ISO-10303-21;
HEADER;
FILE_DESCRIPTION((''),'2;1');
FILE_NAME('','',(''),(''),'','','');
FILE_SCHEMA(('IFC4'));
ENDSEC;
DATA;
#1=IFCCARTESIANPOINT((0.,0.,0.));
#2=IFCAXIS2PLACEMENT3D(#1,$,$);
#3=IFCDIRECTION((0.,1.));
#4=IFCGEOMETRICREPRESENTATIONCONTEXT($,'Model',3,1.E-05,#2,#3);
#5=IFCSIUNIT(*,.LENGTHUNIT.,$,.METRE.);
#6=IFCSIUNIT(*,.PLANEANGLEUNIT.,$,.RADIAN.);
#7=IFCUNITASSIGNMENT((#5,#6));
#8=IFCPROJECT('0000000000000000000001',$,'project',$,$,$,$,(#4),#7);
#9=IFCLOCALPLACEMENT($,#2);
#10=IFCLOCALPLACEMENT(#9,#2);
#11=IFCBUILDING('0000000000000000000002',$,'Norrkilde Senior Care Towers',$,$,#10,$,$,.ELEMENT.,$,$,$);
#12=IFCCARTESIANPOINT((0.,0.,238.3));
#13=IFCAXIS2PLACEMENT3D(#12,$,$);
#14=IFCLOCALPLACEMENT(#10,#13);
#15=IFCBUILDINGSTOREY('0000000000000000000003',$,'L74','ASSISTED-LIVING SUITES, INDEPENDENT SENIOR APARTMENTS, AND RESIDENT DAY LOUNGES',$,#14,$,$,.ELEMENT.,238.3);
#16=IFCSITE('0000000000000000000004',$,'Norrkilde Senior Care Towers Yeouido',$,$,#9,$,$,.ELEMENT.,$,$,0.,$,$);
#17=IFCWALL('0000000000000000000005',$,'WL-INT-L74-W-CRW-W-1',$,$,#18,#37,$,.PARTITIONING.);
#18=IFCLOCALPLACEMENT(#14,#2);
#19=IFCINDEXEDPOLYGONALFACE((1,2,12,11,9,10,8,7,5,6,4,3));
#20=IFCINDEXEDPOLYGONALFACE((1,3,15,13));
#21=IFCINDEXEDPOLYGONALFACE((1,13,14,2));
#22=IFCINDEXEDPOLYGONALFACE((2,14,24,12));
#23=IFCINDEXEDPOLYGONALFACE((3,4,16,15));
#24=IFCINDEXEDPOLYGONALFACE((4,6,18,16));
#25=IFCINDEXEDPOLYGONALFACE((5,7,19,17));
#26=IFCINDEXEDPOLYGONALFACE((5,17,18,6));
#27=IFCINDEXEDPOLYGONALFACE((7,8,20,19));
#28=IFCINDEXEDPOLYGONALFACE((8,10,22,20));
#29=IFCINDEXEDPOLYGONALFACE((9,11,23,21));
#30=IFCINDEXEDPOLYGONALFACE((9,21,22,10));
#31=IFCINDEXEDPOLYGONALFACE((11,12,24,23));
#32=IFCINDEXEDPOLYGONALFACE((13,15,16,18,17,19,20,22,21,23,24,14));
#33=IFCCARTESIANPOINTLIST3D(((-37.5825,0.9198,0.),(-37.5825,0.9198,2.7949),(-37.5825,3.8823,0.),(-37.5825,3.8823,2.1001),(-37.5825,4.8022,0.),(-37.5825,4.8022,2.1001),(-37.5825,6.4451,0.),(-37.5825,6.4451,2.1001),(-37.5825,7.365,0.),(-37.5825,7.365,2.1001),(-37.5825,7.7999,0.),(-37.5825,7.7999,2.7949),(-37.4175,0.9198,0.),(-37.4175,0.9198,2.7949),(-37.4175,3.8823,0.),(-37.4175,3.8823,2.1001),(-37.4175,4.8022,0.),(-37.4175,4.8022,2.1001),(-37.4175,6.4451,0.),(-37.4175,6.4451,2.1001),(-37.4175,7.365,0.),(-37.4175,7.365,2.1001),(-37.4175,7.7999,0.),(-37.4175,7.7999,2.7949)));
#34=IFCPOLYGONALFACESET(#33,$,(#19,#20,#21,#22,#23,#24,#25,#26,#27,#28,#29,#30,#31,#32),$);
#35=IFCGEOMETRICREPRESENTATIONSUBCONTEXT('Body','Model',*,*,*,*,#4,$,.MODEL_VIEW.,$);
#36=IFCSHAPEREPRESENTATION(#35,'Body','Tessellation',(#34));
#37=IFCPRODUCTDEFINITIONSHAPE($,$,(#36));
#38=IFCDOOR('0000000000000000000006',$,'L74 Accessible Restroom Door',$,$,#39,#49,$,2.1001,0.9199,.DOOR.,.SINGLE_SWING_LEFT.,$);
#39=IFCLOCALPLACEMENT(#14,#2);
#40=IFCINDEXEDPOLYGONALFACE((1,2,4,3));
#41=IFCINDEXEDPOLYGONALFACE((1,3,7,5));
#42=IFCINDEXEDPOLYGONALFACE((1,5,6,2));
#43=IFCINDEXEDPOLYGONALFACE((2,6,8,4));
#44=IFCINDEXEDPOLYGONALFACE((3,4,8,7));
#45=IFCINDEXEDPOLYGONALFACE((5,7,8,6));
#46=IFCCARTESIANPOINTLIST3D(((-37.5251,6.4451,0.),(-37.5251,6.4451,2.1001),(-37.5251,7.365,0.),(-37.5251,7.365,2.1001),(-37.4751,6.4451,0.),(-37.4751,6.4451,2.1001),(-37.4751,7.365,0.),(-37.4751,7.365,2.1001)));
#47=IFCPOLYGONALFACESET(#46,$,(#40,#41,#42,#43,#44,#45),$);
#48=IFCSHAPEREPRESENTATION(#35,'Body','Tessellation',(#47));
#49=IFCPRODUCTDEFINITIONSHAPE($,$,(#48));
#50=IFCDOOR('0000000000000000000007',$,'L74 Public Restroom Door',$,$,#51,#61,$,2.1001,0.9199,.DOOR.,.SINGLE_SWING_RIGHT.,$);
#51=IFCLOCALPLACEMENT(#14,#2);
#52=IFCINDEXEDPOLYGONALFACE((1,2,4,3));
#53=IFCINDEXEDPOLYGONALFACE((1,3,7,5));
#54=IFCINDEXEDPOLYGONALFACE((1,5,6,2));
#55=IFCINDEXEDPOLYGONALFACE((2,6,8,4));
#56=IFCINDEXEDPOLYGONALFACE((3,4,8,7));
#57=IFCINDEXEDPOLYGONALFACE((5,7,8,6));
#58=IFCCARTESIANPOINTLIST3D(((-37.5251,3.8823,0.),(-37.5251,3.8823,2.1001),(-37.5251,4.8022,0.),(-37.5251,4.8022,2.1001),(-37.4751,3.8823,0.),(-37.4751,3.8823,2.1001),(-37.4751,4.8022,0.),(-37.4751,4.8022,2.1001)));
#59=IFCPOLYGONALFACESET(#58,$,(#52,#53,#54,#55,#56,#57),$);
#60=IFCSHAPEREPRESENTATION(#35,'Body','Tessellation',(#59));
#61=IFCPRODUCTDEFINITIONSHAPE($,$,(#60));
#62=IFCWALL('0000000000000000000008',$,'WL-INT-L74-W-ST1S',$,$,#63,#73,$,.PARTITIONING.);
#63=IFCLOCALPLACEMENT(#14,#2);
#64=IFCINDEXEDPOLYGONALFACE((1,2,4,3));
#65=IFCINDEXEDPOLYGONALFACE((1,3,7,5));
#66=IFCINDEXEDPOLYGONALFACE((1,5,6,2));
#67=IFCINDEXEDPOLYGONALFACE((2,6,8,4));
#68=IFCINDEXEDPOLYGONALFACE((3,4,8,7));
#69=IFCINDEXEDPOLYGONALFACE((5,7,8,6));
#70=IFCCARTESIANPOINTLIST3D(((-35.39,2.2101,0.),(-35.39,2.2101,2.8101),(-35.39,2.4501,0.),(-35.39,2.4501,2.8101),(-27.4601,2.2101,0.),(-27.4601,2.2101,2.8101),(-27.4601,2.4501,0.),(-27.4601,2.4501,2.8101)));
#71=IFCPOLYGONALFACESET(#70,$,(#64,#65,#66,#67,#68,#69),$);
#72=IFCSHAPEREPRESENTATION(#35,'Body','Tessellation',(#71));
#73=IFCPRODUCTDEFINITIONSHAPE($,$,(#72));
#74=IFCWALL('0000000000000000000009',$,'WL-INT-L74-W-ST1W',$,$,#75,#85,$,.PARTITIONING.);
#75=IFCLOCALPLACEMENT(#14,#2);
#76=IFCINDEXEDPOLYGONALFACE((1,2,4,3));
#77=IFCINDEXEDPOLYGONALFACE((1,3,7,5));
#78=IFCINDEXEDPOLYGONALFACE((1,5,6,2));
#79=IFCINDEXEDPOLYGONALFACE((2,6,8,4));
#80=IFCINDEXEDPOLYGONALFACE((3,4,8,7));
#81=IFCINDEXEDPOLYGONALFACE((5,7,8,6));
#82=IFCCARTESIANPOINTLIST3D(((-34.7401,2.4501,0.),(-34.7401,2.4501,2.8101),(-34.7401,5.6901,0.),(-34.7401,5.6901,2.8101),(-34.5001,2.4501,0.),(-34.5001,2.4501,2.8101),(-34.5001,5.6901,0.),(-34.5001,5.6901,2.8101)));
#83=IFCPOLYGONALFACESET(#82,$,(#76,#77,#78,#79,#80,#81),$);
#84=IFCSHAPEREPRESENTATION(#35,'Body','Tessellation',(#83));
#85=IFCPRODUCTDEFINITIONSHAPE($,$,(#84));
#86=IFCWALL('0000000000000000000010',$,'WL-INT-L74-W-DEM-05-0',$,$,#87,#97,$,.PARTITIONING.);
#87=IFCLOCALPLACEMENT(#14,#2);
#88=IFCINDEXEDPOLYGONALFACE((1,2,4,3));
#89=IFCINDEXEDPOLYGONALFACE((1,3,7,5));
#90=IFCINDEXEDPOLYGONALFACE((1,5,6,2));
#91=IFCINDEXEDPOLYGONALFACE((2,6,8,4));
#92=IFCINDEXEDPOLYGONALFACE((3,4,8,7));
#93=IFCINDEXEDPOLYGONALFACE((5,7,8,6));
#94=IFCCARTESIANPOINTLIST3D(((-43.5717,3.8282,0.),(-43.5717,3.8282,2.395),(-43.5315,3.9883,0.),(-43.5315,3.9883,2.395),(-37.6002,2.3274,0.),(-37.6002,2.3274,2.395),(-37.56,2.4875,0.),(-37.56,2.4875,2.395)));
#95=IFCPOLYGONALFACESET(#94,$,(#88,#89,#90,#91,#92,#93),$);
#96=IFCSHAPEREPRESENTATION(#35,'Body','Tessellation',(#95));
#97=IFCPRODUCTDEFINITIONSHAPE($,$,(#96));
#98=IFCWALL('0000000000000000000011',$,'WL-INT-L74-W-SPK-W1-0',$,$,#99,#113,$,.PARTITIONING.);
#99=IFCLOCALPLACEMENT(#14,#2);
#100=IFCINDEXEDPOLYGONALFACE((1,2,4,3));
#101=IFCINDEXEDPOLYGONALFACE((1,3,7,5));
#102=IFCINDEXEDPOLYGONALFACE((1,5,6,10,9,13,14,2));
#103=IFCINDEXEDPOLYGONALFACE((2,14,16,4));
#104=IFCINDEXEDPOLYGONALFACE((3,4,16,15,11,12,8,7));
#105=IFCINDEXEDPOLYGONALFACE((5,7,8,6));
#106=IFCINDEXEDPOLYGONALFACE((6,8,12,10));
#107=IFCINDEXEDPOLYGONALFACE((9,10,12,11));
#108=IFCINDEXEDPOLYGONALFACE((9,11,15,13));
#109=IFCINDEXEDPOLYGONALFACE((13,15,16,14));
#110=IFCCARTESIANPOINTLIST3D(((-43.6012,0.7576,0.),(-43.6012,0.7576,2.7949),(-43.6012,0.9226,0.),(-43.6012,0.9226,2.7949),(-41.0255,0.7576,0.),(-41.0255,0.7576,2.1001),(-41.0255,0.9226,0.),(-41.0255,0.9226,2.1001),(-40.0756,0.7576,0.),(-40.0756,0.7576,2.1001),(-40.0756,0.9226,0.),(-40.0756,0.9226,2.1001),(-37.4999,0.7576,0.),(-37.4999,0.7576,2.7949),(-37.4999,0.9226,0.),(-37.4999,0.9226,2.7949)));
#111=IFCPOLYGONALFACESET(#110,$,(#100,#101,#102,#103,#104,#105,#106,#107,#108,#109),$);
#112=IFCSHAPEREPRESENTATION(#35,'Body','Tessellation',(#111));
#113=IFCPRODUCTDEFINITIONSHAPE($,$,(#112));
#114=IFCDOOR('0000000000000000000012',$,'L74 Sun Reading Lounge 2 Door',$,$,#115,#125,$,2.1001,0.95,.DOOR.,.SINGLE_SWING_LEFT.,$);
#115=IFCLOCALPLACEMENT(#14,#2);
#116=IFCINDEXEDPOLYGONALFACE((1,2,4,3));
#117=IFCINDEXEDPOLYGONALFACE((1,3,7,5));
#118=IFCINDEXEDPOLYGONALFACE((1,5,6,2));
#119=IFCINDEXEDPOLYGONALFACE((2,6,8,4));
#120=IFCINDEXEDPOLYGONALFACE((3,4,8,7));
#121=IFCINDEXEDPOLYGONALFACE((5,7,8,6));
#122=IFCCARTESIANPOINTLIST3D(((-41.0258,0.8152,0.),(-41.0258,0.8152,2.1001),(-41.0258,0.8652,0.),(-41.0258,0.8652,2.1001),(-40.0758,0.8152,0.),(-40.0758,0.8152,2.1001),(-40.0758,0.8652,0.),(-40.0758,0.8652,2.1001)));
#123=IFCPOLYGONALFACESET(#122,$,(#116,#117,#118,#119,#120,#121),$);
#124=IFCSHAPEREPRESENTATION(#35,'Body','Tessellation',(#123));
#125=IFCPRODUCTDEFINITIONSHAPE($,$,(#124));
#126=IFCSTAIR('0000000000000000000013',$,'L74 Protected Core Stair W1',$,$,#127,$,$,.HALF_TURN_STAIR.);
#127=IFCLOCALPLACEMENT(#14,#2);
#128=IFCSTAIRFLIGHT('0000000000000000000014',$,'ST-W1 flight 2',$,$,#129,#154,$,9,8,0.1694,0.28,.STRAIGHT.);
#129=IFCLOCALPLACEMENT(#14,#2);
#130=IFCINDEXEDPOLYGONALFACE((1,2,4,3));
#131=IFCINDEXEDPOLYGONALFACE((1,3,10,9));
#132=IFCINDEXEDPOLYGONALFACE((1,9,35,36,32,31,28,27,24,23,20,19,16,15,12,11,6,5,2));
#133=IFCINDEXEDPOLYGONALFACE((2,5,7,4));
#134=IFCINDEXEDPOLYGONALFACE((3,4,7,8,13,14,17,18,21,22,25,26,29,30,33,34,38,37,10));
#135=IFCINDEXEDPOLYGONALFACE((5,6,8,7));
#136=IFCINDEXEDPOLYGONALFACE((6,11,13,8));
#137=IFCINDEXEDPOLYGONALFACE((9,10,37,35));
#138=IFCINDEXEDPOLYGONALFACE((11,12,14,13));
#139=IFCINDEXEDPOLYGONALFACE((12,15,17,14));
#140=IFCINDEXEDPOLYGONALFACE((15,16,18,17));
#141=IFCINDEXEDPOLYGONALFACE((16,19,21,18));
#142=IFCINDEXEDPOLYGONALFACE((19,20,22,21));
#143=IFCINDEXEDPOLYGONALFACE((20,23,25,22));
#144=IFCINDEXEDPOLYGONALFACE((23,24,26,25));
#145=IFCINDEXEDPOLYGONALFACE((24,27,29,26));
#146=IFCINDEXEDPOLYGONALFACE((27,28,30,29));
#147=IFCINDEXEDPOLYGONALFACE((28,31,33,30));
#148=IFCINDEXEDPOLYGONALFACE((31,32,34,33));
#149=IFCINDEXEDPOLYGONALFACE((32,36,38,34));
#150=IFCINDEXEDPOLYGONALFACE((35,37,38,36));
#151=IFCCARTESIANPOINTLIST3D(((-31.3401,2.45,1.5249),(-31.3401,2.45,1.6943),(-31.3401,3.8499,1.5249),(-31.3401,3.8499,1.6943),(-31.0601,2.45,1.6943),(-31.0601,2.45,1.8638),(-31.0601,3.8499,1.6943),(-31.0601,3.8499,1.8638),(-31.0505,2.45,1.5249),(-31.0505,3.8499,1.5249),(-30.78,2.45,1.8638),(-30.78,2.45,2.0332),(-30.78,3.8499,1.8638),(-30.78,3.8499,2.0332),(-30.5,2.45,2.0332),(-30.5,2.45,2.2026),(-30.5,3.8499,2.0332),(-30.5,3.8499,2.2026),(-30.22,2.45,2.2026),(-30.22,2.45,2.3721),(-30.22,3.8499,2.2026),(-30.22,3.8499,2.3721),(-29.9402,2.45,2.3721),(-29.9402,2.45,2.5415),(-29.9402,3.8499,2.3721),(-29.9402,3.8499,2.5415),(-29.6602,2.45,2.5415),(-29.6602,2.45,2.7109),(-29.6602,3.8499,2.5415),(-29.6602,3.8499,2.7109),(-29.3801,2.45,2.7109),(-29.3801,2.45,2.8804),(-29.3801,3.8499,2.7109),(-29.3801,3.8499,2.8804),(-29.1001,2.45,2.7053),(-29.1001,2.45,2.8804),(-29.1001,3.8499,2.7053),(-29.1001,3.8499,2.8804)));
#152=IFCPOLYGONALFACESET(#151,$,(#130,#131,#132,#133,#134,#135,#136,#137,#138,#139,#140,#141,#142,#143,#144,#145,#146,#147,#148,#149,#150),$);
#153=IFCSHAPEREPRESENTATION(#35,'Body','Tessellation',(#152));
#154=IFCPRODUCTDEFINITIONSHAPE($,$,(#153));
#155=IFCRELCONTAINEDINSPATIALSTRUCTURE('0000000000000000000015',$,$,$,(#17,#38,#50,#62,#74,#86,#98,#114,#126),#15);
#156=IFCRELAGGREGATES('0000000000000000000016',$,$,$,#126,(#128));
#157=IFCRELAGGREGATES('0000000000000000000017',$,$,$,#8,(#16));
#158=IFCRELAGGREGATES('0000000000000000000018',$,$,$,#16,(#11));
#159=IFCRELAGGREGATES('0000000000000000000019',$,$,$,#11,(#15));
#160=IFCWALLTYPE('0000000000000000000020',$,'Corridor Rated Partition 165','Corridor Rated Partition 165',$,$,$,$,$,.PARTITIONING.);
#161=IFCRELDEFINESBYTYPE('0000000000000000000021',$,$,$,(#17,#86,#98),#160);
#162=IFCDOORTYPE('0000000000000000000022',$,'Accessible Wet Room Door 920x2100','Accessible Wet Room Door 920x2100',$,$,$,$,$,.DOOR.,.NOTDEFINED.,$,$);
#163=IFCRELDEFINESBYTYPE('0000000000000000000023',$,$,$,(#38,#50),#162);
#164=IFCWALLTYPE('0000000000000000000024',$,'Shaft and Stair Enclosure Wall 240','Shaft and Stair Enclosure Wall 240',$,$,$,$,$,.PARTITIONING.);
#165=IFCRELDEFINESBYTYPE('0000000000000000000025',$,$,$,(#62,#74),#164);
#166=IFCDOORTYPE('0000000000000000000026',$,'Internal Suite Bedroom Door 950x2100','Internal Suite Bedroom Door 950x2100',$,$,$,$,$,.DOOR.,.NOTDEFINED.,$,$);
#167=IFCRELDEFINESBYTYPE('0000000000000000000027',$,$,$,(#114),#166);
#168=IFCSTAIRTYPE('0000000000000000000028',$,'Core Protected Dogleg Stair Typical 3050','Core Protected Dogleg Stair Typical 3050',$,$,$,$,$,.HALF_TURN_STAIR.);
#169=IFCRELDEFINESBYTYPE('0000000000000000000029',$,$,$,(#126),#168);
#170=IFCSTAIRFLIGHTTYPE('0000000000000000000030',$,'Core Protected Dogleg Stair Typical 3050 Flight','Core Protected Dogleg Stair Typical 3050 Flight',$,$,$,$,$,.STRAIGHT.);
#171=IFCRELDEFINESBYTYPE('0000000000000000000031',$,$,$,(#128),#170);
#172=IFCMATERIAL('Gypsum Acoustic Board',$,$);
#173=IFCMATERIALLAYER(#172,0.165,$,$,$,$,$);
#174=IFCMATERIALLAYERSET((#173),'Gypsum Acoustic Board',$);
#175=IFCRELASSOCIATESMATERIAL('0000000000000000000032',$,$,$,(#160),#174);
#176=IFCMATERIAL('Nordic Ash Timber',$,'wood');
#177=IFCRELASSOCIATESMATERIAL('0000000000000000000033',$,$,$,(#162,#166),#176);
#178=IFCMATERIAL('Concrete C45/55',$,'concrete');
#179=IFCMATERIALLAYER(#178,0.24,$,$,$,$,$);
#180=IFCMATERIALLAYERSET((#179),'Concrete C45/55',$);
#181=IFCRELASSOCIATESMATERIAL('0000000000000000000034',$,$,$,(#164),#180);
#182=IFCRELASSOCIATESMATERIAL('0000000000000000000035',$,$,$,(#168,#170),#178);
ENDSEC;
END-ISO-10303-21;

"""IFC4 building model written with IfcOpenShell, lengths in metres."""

from ifc_helpers import new_model, si_unit, direction, frame, frame_2d, origin, place, context, subcontext, project, spatial, polyline, rectangle, outline, extrude, source, transform, mapped, material, layer, layer_set, type_object, type_shapes, element, fill, aggregate, save


model = new_model("IFC4")

# Units and contexts
model_context = context("Model", 3, precision=1e-05, world=origin(), true_north=direction((0.0, 1.0)))
body_context = subcontext(model_context, "Body", "Model", "MODEL_VIEW")
ifc_project = project(units=[si_unit("LENGTHUNIT", "METRE"), si_unit("PLANEANGLEUNIT", "RADIAN")], contexts=[model_context])

# Site, building, storey
site_placement = place(None, origin())
site = spatial("IfcSite", under=ifc_project, at=site_placement, Name="Norrkilde Senior Care Towers Yeouido", CompositionType="ELEMENT", RefElevation=0.0)
building_placement = place(site_placement, origin())
building = spatial("IfcBuilding", under=site, at=building_placement, Name="Norrkilde Senior Care Towers", CompositionType="ELEMENT")
storey_placement = place(building_placement, frame((0.0, 0.0, 238.3)))
storey = spatial("IfcBuildingStorey", under=building, at=storey_placement, Name="L74", Description="ASSISTED-LIVING SUITES, INDEPENDENT SENIOR APARTMENTS, AND RESIDENT DAY LOUNGES", CompositionType="ELEMENT", Elevation=238.3)

# Wall, openings, doors
ifc_material_1 = material(Name="Gypsum Acoustic Board")
ifc_layer_1 = layer(ifc_material_1, 0.165)
ifc_layer_set_1 = layer_set([ifc_layer_1], Name="Gypsum Acoustic Board")
wall_type_1 = type_object("IfcWallType", Name="Corridor Rated Partition 165", Description="Corridor Rated Partition 165", PredefinedType="PARTITIONING", material=ifc_layer_set_1)
shared_shape_1 = source(origin(), body_context, "Body", "SweptSolid", [
    extrude(rectangle(XDim=6.8801, YDim=0.165, at=frame_2d((3.4399, 0.0))), origin(), (0.0, 0.0, 1.0), 2.7949),
])
wall_1_placement = place(storey_placement, frame((-37.5, 0.9199, 0.0), z_axis=(0.0, 0.0, 1.0), x_axis=(0.0, 1.0, 0.0)))
wall_1 = element("IfcWall", 1, at=wall_1_placement, inside=storey, type_object=wall_type_1, Name="WL-INT-L74-W-CRW-W-1", PredefinedType="PARTITIONING", context=body_context, shape_type="MappedRepresentation", body=[
    mapped(shared_shape_1, transform((0.0, 0.0, 0.0), x_axis=(1.0, 0.0, 0.0), y_axis=(0.0, 1.0, 0.0), z_axis=(0.0, 0.0, 1.0), scale=1.0)),
])
opening_1_placement = place(wall_1_placement, frame((5.5251, 0.0, 0.0)))
opening_1 = element("IfcOpeningElement", 2, at=opening_1_placement, cuts=wall_1, PredefinedType="OPENING", context=body_context, shape_type="SweptSolid", body=[
    extrude(rectangle(XDim=0.9199, YDim=2.1001, at=frame_2d((0.46, 1.05))), frame((0.0, 0.0925, 0.0), z_axis=(0.0, -1.0, 0.0), x_axis=(1.0, 0.0, 0.0)), (0.0, 0.0, 1.0), 0.1851),
])
opening_2_placement = place(wall_1_placement, frame((2.9624, 0.0, 0.0)))
opening_2 = element("IfcOpeningElement", 3, at=opening_2_placement, cuts=wall_1, PredefinedType="OPENING", context=body_context, shape_type="SweptSolid", body=[
    extrude(rectangle(XDim=0.9199, YDim=2.1001, at=frame_2d((0.46, 1.05))), frame((0.0, 0.0925, 0.0), z_axis=(0.0, -1.0, 0.0), x_axis=(1.0, 0.0, 0.0)), (0.0, 0.0, 1.0), 0.1851),
])
ifc_material_2 = material(Name="Nordic Ash Timber", Category="wood")
door_type_1 = type_object("IfcDoorType", Name="Accessible Wet Room Door 920x2100", Description="Accessible Wet Room Door 920x2100", OperationType="NOTDEFINED", PredefinedType="DOOR", material=ifc_material_2)
shared_shape_2 = source(origin(), body_context, "Body", "SweptSolid", [
    extrude(rectangle(XDim=0.9199, YDim=2.1001, at=frame_2d((0.46, 1.05))), frame((0.0, 0.0249, 0.0), z_axis=(0.0, -1.0, 0.0), x_axis=(1.0, 0.0, 0.0)), (0.0, 0.0, 1.0), 0.05),
])
type_shapes(door_type_1, [shared_shape_2])
door_1_placement = place(opening_1_placement, frame((0.9199, 0.0, 0.0), z_axis=(0.0, 0.0, 1.0), x_axis=(-1.0, 0.0, 0.0)))
door_1 = element("IfcDoor", 4, at=door_1_placement, inside=storey, type_object=door_type_1, Name="L74 Accessible Restroom Door", OperationType="SINGLE_SWING_LEFT", OverallHeight=2.1001, OverallWidth=0.9199, PredefinedType="DOOR", context=body_context, shape_type="MappedRepresentation", body=[
    mapped(shared_shape_2, transform((0.0, 0.0, 0.0), x_axis=(1.0, 0.0, 0.0), y_axis=(0.0, 1.0, 0.0), z_axis=(0.0, 0.0, 1.0), scale=1.0)),
])
fill(opening_1, door_1)
door_2_placement = place(opening_2_placement, frame((0.9199, 0.0, 0.0), z_axis=(0.0, 0.0, 1.0), x_axis=(-1.0, 0.0, 0.0)))
door_2 = element("IfcDoor", 5, at=door_2_placement, inside=storey, type_object=door_type_1, Name="L74 Public Restroom Door", OperationType="SINGLE_SWING_RIGHT", OverallHeight=2.1001, OverallWidth=0.9199, PredefinedType="DOOR", context=body_context, shape_type="MappedRepresentation", body=[
    mapped(shared_shape_2, transform((0.0, 0.0, 0.0), x_axis=(1.0, 0.0, 0.0), y_axis=(0.0, 1.0, 0.0), z_axis=(0.0, 0.0, 1.0), scale=1.0)),
])
fill(opening_2, door_2)

# Walls
ifc_material_3 = material(Name="Concrete C45/55", Category="concrete")
ifc_layer_2 = layer(ifc_material_3, 0.24)
ifc_layer_set_2 = layer_set([ifc_layer_2], Name="Concrete C45/55")
wall_type_2 = type_object("IfcWallType", Name="Shaft and Stair Enclosure Wall 240", Description="Shaft and Stair Enclosure Wall 240", PredefinedType="PARTITIONING", material=ifc_layer_set_2)
shared_shape_3 = source(origin(), body_context, "Body", "SweptSolid", [
    extrude(rectangle(XDim=7.9299, YDim=0.24, at=frame_2d((3.9648, 0.0))), origin(), (0.0, 0.0, 1.0), 2.8101),
])
wall_2_placement = place(storey_placement, frame((-35.3899, 2.3301, 0.0), z_axis=(0.0, 0.0, 1.0), x_axis=(1.0, 0.0, 0.0)))
element("IfcWall", 6, at=wall_2_placement, inside=storey, type_object=wall_type_2, Name="WL-INT-L74-W-ST1S", PredefinedType="PARTITIONING", context=body_context, shape_type="MappedRepresentation", body=[
    mapped(shared_shape_3, transform((0.0, 0.0, 0.0), x_axis=(1.0, 0.0, 0.0), y_axis=(0.0, 1.0, 0.0), z_axis=(0.0, 0.0, 1.0), scale=1.0)),
])
shared_shape_4 = source(origin(), body_context, "Body", "SweptSolid", [
    extrude(rectangle(XDim=3.24, YDim=0.24, at=frame_2d((1.6201, 0.0))), origin(), (0.0, 0.0, 1.0), 2.8101),
])
type_shapes(wall_type_2, [shared_shape_3, shared_shape_4])
wall_3_placement = place(storey_placement, frame((-34.6201, 2.45, 0.0), z_axis=(0.0, 0.0, 1.0), x_axis=(0.0, 1.0, 0.0)))
element("IfcWall", 7, at=wall_3_placement, inside=storey, type_object=wall_type_2, Name="WL-INT-L74-W-ST1W", PredefinedType="PARTITIONING", context=body_context, shape_type="MappedRepresentation", body=[
    mapped(shared_shape_4, transform((0.0, 0.0, 0.0), x_axis=(1.0, 0.0, 0.0), y_axis=(0.0, 1.0, 0.0), z_axis=(0.0, 0.0, 1.0), scale=1.0)),
])
shared_shape_5 = source(origin(), body_context, "Body", "SweptSolid", [
    extrude(rectangle(XDim=6.1572, YDim=0.165, at=frame_2d((3.0786, 0.0))), origin(), (0.0, 0.0, 1.0), 2.395),
])
wall_4_placement = place(storey_placement, frame((-37.5801, 2.4075, 0.0), z_axis=(0.0, 0.0, 1.0), x_axis=(-0.969841, 0.243739, 0.0)))
element("IfcWall", 8, at=wall_4_placement, inside=storey, type_object=wall_type_1, Name="WL-INT-L74-W-DEM-05-0", PredefinedType="PARTITIONING", context=body_context, shape_type="MappedRepresentation", body=[
    mapped(shared_shape_5, transform((0.0, 0.0, 0.0), x_axis=(1.0, 0.0, 0.0), y_axis=(0.0, 1.0, 0.0), z_axis=(0.0, 0.0, 1.0), scale=1.0)),
])

# Wall, opening, door
shared_shape_6 = source(origin(), body_context, "Body", "SweptSolid", [
    extrude(rectangle(XDim=6.1013, YDim=0.165, at=frame_2d((3.0508, 0.0))), origin(), (0.0, 0.0, 1.0), 2.7949),
])
type_shapes(wall_type_1, [shared_shape_1, shared_shape_5, shared_shape_6])
wall_5_placement = place(storey_placement, frame((-43.6013, 0.8401, 0.0), z_axis=(0.0, 0.0, 1.0), x_axis=(1.0, 0.0, 0.0)))
wall_5 = element("IfcWall", 9, at=wall_5_placement, inside=storey, type_object=wall_type_1, Name="WL-INT-L74-W-SPK-W1-0", PredefinedType="PARTITIONING", context=body_context, shape_type="MappedRepresentation", body=[
    mapped(shared_shape_6, transform((0.0, 0.0, 0.0), x_axis=(1.0, 0.0, 0.0), y_axis=(0.0, 1.0, 0.0), z_axis=(0.0, 0.0, 1.0), scale=1.0)),
])
opening_3_placement = place(wall_5_placement, frame((2.5757, 0.0, 0.0)))
opening_3 = element("IfcOpeningElement", 10, at=opening_3_placement, cuts=wall_5, PredefinedType="OPENING", context=body_context, shape_type="SweptSolid", body=[
    extrude(rectangle(XDim=0.95, YDim=2.1001, at=frame_2d((0.4751, 1.05))), frame((0.0, 0.0925, 0.0), z_axis=(0.0, -1.0, 0.0), x_axis=(1.0, 0.0, 0.0)), (0.0, 0.0, 1.0), 0.1851),
])
door_type_2 = type_object("IfcDoorType", Name="Internal Suite Bedroom Door 950x2100", Description="Internal Suite Bedroom Door 950x2100", OperationType="NOTDEFINED", PredefinedType="DOOR", material=ifc_material_2)
shared_shape_7 = source(origin(), body_context, "Body", "SweptSolid", [
    extrude(rectangle(XDim=0.95, YDim=2.1001, at=frame_2d((0.4751, 1.05))), frame((0.0, 0.0249, 0.0), z_axis=(0.0, -1.0, 0.0), x_axis=(1.0, 0.0, 0.0)), (0.0, 0.0, 1.0), 0.05),
])
type_shapes(door_type_2, [shared_shape_7])
door_3_placement = place(opening_3_placement, frame((0.95, 0.0, 0.0), z_axis=(0.0, 0.0, 1.0), x_axis=(-1.0, 0.0, 0.0)))
door_3 = element("IfcDoor", 11, at=door_3_placement, inside=storey, type_object=door_type_2, Name="L74 Sun Reading Lounge 2 Door", OperationType="SINGLE_SWING_LEFT", OverallHeight=2.1001, OverallWidth=0.95, PredefinedType="DOOR", context=body_context, shape_type="MappedRepresentation", body=[
    mapped(shared_shape_7, transform((0.0, 0.0, 0.0), x_axis=(1.0, 0.0, 0.0), y_axis=(0.0, 1.0, 0.0), z_axis=(0.0, 0.0, 1.0), scale=1.0)),
])
fill(opening_3, door_3)

# Stair, stair flight
stair_type = type_object("IfcStairType", Name="Core Protected Dogleg Stair Typical 3050", Description="Core Protected Dogleg Stair Typical 3050", PredefinedType="HALF_TURN_STAIR", material=ifc_material_3)
stair_placement = place(storey_placement, origin())
stair = element("IfcStair", 12, at=stair_placement, inside=storey, type_object=stair_type, Name="L74 Protected Core Stair W1", PredefinedType="HALF_TURN_STAIR")
stair_flight_type = type_object("IfcStairFlightType", Name="Core Protected Dogleg Stair Typical 3050 Flight", Description="Core Protected Dogleg Stair Typical 3050 Flight", PredefinedType="STRAIGHT", material=ifc_material_3)
stair_flight_placement = place(storey_placement, frame((-31.3401, 3.1499, 1.5249), z_axis=(0.0, 0.0, 1.0), x_axis=(1.0, 0.0, 0.0)))
stair_flight = element("IfcStairFlight", 13, at=stair_flight_placement, type_object=stair_flight_type, Name="ST-W1 flight 2", NumberOfRisers=9, NumberOfTreads=8, PredefinedType="STRAIGHT", RiserHeight=0.1694, TreadLength=0.28, context=body_context, shape_type="SweptSolid", body=[
    extrude(outline(polyline([(0.0, 0.0), (0.0, 0.1694), (0.28, 0.1694), (0.28, 0.3389), (0.5601, 0.3389), (0.5601, 0.5083), (0.8401, 0.5083), (0.8401, 0.6777), (1.1201, 0.6777), (1.1201, 0.8472), (1.3999, 0.8472), (1.3999, 1.0166), (1.6799, 1.0166), (1.6799, 1.186), (1.96, 1.186), (1.96, 1.3555), (2.24, 1.3555), (2.24, 1.5249), (2.24, 1.1804), (0.2896, 0.0), (0.0, 0.0)])), frame((0.0, 0.7, 0.0), z_axis=(0.0, -1.0, 0.0), x_axis=(1.0, 0.0, 0.0)), (0.0, 0.0, 1.0), 1.3999),
])
aggregate(stair, [stair_flight])

save(model, "model.ifc")
